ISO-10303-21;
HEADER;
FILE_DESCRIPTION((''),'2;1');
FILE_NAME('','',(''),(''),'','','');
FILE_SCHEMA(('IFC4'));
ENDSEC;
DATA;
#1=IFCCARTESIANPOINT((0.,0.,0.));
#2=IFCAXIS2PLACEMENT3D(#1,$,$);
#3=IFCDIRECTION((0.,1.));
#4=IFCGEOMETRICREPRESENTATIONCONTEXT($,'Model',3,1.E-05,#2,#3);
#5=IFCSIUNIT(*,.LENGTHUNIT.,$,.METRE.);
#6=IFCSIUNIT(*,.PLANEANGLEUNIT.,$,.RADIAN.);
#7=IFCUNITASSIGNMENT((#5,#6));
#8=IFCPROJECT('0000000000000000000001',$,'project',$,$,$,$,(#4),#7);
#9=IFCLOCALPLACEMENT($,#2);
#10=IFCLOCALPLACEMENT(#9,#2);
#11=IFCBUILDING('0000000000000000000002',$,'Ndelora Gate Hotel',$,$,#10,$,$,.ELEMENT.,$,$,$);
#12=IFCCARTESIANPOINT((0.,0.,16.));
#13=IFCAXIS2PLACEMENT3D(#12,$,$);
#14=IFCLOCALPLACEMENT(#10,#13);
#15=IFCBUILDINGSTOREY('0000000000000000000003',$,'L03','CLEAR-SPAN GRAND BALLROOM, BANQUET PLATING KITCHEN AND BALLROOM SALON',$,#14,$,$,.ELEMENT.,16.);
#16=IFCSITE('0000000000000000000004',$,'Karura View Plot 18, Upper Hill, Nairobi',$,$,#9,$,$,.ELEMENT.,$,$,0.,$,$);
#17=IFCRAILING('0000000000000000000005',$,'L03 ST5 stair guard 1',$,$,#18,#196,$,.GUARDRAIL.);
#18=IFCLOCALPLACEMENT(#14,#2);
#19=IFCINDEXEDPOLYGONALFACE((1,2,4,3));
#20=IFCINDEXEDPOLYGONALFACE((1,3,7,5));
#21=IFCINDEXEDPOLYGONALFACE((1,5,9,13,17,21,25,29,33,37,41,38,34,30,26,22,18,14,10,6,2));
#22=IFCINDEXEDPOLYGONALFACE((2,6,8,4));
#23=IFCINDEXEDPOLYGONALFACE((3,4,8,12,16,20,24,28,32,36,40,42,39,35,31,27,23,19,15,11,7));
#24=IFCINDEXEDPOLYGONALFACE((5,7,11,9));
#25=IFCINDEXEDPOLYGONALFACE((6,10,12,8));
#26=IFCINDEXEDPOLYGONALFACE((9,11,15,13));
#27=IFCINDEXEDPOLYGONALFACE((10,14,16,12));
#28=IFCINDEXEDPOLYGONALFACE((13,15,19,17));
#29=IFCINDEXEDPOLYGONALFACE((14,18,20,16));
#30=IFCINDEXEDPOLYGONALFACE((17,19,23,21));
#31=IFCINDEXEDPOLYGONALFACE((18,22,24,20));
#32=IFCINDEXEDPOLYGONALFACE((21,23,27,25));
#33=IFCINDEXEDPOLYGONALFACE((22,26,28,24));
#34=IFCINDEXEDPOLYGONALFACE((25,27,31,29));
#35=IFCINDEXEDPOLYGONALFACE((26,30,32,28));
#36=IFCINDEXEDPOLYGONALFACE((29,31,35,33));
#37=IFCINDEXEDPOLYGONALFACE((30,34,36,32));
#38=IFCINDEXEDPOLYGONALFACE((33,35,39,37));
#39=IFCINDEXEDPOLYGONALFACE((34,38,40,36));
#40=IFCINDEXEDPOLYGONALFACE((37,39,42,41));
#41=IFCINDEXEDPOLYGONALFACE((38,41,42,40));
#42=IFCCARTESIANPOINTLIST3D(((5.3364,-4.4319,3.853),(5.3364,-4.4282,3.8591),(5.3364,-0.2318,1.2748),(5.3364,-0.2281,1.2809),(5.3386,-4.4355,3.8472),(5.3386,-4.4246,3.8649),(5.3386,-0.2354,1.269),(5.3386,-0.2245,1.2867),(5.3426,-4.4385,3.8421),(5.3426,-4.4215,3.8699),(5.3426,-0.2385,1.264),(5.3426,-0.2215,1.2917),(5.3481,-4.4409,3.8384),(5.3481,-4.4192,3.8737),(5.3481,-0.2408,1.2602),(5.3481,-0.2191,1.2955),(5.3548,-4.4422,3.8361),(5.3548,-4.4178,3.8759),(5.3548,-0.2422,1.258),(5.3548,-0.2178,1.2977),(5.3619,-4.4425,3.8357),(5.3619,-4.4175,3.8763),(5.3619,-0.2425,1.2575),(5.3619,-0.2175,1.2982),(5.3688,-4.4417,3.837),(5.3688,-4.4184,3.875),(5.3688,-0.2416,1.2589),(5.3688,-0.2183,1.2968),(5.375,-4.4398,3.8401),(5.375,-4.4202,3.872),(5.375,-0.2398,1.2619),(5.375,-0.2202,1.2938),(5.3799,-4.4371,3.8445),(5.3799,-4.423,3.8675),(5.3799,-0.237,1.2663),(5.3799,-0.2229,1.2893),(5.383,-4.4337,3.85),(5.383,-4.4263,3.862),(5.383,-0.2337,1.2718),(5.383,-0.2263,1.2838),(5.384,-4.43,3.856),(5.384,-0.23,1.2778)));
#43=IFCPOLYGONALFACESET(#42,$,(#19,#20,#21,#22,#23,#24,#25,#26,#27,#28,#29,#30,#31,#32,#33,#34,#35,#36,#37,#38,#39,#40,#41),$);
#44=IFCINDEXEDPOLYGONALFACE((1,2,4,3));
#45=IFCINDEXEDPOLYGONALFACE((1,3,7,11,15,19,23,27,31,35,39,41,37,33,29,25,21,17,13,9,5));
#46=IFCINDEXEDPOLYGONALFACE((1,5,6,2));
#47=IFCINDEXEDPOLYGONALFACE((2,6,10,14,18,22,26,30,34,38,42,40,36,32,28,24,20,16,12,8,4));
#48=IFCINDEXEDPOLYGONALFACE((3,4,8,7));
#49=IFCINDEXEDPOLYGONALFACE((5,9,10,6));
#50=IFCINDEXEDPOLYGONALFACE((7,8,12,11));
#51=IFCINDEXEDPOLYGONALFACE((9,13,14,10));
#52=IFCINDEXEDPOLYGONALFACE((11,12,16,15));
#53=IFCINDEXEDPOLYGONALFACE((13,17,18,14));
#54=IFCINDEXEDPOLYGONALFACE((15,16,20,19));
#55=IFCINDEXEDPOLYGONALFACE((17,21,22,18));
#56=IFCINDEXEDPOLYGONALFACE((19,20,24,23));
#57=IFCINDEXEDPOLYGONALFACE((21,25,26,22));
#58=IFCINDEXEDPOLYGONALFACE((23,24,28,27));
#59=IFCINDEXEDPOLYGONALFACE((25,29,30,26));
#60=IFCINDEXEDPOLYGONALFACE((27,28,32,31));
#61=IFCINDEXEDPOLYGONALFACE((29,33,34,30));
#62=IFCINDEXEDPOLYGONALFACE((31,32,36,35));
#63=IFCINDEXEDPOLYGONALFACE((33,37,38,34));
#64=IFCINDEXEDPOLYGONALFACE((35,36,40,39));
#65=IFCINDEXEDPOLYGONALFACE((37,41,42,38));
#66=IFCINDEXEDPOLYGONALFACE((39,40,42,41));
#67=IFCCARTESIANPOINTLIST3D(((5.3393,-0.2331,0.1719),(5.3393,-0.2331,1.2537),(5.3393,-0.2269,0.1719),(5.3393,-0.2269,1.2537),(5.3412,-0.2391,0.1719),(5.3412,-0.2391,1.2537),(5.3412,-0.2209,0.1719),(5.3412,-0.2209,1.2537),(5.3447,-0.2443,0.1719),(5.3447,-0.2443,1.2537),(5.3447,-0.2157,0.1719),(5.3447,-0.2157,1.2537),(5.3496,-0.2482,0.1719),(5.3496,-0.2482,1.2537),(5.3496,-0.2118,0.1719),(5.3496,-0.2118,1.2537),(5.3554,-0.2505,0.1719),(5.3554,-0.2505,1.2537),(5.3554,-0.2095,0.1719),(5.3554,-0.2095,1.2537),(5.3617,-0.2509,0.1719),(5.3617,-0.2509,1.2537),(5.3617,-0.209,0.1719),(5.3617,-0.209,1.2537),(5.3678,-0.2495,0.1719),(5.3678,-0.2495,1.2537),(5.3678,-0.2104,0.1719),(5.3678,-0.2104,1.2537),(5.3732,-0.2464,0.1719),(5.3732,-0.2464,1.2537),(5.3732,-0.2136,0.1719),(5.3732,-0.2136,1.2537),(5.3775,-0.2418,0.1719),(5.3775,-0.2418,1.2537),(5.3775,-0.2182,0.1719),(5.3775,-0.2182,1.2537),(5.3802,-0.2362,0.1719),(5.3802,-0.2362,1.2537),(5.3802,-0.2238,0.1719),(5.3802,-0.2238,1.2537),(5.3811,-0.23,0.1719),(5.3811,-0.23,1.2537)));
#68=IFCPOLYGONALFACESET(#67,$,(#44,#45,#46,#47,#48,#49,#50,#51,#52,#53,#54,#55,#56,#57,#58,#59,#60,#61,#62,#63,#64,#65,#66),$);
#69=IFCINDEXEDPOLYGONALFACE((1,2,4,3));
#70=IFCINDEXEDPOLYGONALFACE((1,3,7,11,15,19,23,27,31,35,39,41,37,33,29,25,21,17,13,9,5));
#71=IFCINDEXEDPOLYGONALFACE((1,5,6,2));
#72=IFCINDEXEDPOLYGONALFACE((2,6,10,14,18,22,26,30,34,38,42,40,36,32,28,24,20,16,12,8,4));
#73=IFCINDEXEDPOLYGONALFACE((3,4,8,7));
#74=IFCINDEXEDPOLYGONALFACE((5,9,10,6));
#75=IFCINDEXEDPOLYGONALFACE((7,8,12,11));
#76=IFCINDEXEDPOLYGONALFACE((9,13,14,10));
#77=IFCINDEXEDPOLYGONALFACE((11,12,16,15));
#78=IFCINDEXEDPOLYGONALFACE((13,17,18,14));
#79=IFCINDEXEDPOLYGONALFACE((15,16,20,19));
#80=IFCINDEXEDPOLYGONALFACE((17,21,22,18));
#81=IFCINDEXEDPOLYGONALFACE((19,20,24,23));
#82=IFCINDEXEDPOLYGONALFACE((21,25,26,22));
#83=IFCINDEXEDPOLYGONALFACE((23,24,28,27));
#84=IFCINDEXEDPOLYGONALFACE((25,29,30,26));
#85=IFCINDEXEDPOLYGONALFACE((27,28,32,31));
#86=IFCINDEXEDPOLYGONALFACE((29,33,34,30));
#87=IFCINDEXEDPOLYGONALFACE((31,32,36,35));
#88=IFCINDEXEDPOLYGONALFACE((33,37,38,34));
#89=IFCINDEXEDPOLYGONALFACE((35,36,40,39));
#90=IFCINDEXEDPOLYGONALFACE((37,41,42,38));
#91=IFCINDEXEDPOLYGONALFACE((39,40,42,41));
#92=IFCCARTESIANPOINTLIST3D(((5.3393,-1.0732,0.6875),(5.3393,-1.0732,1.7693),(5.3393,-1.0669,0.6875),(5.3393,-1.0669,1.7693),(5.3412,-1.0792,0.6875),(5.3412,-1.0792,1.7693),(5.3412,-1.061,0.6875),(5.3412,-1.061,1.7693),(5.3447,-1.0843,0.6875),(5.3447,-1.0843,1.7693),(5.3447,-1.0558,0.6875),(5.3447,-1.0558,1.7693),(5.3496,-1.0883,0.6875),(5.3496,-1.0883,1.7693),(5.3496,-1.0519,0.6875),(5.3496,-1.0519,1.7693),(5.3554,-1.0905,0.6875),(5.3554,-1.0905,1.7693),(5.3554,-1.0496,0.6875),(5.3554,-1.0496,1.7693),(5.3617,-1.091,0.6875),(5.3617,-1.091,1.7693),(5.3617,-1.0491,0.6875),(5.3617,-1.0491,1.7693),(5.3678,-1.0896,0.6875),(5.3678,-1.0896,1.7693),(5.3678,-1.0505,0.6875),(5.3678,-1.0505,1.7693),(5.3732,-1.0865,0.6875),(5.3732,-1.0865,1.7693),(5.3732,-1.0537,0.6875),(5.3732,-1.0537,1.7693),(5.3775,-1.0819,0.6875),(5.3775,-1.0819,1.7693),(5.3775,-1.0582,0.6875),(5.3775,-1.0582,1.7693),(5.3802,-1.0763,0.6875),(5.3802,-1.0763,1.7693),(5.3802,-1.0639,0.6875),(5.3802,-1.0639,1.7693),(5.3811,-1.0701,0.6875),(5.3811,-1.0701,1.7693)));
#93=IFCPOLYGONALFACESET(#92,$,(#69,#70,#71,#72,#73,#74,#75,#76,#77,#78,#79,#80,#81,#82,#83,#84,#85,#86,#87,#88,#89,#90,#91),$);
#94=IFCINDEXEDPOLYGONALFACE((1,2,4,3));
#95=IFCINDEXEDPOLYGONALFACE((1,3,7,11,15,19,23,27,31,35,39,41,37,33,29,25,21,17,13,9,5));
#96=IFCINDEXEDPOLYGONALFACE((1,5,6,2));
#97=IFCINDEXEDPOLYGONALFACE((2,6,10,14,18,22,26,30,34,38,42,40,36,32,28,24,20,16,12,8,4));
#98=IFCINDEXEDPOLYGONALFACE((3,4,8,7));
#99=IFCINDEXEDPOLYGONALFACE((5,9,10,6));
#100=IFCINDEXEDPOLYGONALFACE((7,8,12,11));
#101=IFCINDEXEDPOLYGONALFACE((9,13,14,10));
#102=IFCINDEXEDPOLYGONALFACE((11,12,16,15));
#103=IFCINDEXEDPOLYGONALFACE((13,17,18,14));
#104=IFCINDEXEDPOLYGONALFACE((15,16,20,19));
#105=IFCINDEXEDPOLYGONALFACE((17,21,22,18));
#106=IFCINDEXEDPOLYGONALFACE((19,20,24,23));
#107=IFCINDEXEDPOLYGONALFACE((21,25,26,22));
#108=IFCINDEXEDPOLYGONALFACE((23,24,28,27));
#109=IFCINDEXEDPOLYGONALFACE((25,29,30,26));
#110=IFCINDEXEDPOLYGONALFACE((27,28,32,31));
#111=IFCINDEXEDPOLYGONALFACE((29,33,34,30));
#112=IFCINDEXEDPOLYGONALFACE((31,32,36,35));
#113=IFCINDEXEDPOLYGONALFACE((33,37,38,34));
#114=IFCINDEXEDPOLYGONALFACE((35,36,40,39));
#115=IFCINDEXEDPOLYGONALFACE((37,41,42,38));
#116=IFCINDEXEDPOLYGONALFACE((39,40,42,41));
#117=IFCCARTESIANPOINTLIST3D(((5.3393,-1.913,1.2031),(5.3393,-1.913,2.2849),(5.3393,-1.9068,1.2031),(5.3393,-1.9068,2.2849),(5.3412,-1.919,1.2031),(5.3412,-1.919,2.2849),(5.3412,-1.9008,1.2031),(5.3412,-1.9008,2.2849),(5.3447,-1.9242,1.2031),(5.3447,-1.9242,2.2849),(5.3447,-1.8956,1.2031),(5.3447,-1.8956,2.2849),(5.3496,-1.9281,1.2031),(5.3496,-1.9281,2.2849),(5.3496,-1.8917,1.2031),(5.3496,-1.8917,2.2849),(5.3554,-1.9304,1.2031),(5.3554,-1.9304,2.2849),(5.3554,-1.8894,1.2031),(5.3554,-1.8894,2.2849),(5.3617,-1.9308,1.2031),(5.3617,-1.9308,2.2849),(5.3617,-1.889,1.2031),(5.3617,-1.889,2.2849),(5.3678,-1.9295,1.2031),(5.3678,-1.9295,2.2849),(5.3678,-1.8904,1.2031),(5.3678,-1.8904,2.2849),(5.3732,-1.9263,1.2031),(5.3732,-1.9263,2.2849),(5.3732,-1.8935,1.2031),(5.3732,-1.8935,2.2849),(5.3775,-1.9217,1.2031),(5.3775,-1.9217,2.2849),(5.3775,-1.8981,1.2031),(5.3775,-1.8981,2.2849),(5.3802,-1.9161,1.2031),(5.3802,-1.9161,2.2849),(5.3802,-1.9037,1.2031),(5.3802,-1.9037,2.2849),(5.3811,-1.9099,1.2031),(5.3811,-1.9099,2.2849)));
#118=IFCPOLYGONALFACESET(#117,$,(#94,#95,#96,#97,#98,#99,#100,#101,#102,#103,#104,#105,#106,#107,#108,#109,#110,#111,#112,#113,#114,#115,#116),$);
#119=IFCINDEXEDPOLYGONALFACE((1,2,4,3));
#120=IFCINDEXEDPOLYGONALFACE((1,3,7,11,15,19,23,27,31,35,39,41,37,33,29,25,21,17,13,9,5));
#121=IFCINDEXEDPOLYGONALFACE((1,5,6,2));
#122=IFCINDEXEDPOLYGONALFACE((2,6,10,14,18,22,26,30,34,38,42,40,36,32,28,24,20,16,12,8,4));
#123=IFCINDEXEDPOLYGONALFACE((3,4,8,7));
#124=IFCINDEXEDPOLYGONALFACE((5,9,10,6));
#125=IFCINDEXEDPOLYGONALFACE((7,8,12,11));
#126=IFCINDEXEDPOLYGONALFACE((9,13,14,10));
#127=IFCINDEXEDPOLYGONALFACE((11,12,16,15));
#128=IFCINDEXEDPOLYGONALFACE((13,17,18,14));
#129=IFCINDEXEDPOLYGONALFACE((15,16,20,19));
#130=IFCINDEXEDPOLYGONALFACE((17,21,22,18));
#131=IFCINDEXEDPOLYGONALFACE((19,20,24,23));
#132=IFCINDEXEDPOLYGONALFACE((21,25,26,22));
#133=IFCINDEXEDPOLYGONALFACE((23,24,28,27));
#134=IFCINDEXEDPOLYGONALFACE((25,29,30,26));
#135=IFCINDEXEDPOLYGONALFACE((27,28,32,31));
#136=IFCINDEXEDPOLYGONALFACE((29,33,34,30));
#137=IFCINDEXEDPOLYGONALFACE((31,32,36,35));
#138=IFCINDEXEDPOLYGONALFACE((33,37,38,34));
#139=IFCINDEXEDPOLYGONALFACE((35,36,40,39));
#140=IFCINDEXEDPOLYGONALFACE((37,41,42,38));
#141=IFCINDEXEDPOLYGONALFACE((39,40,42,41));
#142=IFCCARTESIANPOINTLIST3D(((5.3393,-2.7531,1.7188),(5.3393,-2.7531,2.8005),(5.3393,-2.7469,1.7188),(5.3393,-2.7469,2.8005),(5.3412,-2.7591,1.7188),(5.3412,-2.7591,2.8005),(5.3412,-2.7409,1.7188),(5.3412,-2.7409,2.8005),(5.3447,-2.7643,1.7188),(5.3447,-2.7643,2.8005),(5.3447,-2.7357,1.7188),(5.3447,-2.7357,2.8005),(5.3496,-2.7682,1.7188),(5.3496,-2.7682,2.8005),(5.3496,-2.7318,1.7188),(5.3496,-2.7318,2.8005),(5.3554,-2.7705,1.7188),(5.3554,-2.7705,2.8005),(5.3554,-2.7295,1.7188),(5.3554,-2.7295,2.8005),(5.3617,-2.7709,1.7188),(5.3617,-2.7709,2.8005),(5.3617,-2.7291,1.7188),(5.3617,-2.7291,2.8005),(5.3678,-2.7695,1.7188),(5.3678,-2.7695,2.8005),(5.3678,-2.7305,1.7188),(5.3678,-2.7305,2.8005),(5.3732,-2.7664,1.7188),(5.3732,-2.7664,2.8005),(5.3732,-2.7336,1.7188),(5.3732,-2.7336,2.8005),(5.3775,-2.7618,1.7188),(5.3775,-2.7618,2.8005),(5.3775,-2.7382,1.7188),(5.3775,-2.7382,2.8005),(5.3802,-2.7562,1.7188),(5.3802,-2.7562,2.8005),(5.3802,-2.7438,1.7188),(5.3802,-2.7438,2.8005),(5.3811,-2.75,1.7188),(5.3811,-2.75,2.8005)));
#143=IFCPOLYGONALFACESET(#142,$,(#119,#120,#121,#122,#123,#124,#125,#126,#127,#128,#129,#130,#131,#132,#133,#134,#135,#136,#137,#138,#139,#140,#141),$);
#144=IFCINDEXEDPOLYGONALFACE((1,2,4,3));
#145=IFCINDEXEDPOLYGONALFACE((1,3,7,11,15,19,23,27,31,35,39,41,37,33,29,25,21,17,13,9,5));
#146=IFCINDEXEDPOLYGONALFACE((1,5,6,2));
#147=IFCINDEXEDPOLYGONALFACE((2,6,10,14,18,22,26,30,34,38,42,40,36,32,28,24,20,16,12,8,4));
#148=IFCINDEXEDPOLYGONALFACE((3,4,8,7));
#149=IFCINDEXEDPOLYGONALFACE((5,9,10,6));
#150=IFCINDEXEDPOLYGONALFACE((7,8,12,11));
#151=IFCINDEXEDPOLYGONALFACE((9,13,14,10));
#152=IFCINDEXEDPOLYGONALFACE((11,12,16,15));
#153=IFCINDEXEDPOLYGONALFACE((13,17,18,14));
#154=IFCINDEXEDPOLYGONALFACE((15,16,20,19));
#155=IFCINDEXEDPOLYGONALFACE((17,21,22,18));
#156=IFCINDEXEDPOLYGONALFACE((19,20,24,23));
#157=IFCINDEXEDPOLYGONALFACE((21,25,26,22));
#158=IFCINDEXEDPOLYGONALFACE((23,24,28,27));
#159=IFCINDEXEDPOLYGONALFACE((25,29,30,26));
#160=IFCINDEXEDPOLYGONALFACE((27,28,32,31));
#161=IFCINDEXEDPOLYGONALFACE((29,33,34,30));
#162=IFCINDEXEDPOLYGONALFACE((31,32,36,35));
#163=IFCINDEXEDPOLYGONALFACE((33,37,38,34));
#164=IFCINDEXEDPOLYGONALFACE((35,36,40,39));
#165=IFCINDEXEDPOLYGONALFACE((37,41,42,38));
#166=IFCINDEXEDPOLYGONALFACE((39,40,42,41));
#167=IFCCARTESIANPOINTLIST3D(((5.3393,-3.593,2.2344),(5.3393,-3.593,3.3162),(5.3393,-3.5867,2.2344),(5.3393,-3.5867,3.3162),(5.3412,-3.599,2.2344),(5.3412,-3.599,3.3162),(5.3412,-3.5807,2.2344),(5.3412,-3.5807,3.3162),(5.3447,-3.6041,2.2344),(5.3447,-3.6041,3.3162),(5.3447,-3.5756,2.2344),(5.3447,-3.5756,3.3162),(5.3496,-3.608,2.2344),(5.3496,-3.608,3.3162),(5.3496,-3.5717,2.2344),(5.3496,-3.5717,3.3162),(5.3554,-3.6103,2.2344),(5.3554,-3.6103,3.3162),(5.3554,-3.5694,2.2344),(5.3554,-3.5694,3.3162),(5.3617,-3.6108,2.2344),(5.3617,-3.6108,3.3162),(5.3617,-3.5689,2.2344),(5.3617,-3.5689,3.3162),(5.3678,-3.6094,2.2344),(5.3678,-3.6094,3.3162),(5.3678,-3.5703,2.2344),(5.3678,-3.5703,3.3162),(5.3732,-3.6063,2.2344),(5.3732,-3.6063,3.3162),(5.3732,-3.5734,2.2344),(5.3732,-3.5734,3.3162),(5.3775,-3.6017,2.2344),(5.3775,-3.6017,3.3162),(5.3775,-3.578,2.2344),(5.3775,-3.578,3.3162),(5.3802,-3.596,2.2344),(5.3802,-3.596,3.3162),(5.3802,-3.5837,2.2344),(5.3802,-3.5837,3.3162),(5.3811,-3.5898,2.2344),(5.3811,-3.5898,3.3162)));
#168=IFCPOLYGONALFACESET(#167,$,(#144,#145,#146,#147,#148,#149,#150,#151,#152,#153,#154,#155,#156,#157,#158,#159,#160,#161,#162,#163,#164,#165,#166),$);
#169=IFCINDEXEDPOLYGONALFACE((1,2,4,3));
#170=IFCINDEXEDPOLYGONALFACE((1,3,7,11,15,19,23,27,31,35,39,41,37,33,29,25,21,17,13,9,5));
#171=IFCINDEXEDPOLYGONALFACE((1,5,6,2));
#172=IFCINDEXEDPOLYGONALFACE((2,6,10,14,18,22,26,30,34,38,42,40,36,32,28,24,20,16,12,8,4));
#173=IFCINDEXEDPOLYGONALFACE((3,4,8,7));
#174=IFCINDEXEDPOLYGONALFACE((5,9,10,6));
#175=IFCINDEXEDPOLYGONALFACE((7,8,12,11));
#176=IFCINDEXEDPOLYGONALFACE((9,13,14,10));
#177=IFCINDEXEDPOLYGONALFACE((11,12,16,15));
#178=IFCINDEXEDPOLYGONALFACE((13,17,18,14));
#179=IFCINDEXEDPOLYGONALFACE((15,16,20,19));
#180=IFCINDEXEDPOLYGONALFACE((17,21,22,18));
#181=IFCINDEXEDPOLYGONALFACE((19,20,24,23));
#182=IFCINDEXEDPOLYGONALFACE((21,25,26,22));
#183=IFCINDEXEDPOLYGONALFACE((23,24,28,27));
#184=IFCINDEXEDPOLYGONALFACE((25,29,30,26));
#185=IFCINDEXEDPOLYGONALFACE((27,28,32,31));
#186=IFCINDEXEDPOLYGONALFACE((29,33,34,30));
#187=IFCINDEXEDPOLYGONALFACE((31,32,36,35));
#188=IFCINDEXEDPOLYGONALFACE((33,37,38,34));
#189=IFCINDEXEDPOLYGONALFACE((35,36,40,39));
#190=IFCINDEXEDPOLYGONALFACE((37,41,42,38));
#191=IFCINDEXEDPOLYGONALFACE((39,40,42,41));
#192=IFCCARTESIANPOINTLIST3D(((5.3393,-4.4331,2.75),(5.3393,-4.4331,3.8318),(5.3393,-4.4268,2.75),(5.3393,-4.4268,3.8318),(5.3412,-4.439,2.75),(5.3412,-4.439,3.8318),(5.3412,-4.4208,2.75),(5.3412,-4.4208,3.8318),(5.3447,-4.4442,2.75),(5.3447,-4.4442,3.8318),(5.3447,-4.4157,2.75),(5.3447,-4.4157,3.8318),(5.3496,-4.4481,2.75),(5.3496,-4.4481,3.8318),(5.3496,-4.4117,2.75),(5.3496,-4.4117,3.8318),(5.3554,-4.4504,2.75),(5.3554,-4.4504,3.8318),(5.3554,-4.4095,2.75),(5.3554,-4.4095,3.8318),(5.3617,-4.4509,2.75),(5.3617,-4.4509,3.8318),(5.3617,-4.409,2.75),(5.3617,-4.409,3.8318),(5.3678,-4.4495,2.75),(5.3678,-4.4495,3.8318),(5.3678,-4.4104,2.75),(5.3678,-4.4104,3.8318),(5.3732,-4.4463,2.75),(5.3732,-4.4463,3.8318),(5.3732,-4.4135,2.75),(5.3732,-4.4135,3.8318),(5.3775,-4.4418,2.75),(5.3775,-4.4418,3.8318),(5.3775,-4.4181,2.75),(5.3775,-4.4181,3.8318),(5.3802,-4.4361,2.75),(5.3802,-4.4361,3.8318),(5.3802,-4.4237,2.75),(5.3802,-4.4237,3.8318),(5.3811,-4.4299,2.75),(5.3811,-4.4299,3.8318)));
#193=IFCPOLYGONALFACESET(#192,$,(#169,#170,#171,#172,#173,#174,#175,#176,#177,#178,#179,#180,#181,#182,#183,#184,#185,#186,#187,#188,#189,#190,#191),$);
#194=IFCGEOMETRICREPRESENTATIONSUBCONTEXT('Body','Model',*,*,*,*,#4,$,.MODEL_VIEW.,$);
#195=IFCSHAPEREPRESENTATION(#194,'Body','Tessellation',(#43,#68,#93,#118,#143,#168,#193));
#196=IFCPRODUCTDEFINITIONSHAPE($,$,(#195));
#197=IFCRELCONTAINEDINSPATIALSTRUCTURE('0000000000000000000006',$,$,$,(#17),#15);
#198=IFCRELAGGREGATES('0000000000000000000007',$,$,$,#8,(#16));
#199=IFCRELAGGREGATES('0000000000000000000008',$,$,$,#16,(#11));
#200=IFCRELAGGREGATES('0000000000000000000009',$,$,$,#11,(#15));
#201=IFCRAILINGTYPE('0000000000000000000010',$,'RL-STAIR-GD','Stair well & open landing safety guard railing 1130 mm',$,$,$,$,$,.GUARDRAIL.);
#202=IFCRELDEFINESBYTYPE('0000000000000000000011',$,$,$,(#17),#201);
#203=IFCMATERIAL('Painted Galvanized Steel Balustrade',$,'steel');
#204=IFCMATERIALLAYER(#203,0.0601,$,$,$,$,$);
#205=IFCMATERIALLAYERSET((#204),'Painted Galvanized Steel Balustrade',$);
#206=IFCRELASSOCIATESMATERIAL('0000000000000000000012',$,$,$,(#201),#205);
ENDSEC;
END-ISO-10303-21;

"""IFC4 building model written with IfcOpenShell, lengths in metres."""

from ifc_helpers import new_model, si_unit, direction, frame, origin, origin_2d, place, context, subcontext, project, spatial, circle, extrude, material, layer, layer_set, type_object, element, save


model = new_model("IFC4")

# Units and contexts
model_context = context("Model", 3, precision=1e-05, world=origin(), true_north=direction((0.0, 1.0)))
body_context = subcontext(model_context, "Body", "Model", "MODEL_VIEW")
ifc_project = project(units=[si_unit("LENGTHUNIT", "METRE"), si_unit("PLANEANGLEUNIT", "RADIAN")], contexts=[model_context])

# Site, building, storey
site_placement = place(None, origin())
site = spatial("IfcSite", under=ifc_project, at=site_placement, Name="Karura View Plot 18, Upper Hill, Nairobi", CompositionType="ELEMENT", RefElevation=0.0)
building_placement = place(site_placement, origin())
building = spatial("IfcBuilding", under=site, at=building_placement, Name="Ndelora Gate Hotel", CompositionType="ELEMENT")
storey_placement = place(building_placement, frame((0.0, 0.0, 16.0)))
storey = spatial("IfcBuildingStorey", under=building, at=storey_placement, Name="L03", Description="CLEAR-SPAN GRAND BALLROOM, BANQUET PLATING KITCHEN AND BALLROOM SALON", CompositionType="ELEMENT", Elevation=16.0)

# Railing
ifc_material_1 = material(Name="Painted Galvanized Steel Balustrade", Category="steel")
ifc_layer_1 = layer(ifc_material_1, 0.0601)
ifc_layer_set_1 = layer_set([ifc_layer_1], Name="Painted Galvanized Steel Balustrade")
railing_type_1 = type_object("IfcRailingType", Name="RL-STAIR-GD", Description="Stair well & open landing safety guard railing 1130 mm", PredefinedType="GUARDRAIL", material=ifc_layer_set_1)
railing_1_placement = place(storey_placement, frame((5.3601, -0.23, 0.1719)))
element("IfcRailing", 1, at=railing_1_placement, inside=storey, type_object=railing_type_1, Name="L03 ST5 stair guard 1", PredefinedType="GUARDRAIL", context=body_context, shape_type="SweptSolid", body=[
    extrude(circle(Radius=0.0239, at=origin_2d()), frame((0.0, 0.0, 1.106), z_axis=(0.0, -0.852243, 0.523146), x_axis=(1.0, 0.0, 0.0)), (0.0, 0.0, 1.0), 4.9282),
    extrude(circle(Radius=0.021, at=origin_2d()), origin(), (0.0, 0.0, 1.0), 1.0818),
    extrude(circle(Radius=0.021, at=origin_2d()), frame((0.0, -0.8401, 0.5156)), (0.0, 0.0, 1.0), 1.0818),
    extrude(circle(Radius=0.021, at=origin_2d()), frame((0.0, -1.6799, 1.0312)), (0.0, 0.0, 1.0), 1.0818),
    extrude(circle(Radius=0.021, at=origin_2d()), frame((0.0, -2.52, 1.5469)), (0.0, 0.0, 1.0), 1.0818),
    extrude(circle(Radius=0.021, at=origin_2d()), frame((0.0, -3.3599, 2.0625)), (0.0, 0.0, 1.0), 1.0818),
    extrude(circle(Radius=0.021, at=origin_2d()), frame((0.0, -4.2, 2.5781)), (0.0, 0.0, 1.0), 1.0818),
])

save(model, "model.ifc")
